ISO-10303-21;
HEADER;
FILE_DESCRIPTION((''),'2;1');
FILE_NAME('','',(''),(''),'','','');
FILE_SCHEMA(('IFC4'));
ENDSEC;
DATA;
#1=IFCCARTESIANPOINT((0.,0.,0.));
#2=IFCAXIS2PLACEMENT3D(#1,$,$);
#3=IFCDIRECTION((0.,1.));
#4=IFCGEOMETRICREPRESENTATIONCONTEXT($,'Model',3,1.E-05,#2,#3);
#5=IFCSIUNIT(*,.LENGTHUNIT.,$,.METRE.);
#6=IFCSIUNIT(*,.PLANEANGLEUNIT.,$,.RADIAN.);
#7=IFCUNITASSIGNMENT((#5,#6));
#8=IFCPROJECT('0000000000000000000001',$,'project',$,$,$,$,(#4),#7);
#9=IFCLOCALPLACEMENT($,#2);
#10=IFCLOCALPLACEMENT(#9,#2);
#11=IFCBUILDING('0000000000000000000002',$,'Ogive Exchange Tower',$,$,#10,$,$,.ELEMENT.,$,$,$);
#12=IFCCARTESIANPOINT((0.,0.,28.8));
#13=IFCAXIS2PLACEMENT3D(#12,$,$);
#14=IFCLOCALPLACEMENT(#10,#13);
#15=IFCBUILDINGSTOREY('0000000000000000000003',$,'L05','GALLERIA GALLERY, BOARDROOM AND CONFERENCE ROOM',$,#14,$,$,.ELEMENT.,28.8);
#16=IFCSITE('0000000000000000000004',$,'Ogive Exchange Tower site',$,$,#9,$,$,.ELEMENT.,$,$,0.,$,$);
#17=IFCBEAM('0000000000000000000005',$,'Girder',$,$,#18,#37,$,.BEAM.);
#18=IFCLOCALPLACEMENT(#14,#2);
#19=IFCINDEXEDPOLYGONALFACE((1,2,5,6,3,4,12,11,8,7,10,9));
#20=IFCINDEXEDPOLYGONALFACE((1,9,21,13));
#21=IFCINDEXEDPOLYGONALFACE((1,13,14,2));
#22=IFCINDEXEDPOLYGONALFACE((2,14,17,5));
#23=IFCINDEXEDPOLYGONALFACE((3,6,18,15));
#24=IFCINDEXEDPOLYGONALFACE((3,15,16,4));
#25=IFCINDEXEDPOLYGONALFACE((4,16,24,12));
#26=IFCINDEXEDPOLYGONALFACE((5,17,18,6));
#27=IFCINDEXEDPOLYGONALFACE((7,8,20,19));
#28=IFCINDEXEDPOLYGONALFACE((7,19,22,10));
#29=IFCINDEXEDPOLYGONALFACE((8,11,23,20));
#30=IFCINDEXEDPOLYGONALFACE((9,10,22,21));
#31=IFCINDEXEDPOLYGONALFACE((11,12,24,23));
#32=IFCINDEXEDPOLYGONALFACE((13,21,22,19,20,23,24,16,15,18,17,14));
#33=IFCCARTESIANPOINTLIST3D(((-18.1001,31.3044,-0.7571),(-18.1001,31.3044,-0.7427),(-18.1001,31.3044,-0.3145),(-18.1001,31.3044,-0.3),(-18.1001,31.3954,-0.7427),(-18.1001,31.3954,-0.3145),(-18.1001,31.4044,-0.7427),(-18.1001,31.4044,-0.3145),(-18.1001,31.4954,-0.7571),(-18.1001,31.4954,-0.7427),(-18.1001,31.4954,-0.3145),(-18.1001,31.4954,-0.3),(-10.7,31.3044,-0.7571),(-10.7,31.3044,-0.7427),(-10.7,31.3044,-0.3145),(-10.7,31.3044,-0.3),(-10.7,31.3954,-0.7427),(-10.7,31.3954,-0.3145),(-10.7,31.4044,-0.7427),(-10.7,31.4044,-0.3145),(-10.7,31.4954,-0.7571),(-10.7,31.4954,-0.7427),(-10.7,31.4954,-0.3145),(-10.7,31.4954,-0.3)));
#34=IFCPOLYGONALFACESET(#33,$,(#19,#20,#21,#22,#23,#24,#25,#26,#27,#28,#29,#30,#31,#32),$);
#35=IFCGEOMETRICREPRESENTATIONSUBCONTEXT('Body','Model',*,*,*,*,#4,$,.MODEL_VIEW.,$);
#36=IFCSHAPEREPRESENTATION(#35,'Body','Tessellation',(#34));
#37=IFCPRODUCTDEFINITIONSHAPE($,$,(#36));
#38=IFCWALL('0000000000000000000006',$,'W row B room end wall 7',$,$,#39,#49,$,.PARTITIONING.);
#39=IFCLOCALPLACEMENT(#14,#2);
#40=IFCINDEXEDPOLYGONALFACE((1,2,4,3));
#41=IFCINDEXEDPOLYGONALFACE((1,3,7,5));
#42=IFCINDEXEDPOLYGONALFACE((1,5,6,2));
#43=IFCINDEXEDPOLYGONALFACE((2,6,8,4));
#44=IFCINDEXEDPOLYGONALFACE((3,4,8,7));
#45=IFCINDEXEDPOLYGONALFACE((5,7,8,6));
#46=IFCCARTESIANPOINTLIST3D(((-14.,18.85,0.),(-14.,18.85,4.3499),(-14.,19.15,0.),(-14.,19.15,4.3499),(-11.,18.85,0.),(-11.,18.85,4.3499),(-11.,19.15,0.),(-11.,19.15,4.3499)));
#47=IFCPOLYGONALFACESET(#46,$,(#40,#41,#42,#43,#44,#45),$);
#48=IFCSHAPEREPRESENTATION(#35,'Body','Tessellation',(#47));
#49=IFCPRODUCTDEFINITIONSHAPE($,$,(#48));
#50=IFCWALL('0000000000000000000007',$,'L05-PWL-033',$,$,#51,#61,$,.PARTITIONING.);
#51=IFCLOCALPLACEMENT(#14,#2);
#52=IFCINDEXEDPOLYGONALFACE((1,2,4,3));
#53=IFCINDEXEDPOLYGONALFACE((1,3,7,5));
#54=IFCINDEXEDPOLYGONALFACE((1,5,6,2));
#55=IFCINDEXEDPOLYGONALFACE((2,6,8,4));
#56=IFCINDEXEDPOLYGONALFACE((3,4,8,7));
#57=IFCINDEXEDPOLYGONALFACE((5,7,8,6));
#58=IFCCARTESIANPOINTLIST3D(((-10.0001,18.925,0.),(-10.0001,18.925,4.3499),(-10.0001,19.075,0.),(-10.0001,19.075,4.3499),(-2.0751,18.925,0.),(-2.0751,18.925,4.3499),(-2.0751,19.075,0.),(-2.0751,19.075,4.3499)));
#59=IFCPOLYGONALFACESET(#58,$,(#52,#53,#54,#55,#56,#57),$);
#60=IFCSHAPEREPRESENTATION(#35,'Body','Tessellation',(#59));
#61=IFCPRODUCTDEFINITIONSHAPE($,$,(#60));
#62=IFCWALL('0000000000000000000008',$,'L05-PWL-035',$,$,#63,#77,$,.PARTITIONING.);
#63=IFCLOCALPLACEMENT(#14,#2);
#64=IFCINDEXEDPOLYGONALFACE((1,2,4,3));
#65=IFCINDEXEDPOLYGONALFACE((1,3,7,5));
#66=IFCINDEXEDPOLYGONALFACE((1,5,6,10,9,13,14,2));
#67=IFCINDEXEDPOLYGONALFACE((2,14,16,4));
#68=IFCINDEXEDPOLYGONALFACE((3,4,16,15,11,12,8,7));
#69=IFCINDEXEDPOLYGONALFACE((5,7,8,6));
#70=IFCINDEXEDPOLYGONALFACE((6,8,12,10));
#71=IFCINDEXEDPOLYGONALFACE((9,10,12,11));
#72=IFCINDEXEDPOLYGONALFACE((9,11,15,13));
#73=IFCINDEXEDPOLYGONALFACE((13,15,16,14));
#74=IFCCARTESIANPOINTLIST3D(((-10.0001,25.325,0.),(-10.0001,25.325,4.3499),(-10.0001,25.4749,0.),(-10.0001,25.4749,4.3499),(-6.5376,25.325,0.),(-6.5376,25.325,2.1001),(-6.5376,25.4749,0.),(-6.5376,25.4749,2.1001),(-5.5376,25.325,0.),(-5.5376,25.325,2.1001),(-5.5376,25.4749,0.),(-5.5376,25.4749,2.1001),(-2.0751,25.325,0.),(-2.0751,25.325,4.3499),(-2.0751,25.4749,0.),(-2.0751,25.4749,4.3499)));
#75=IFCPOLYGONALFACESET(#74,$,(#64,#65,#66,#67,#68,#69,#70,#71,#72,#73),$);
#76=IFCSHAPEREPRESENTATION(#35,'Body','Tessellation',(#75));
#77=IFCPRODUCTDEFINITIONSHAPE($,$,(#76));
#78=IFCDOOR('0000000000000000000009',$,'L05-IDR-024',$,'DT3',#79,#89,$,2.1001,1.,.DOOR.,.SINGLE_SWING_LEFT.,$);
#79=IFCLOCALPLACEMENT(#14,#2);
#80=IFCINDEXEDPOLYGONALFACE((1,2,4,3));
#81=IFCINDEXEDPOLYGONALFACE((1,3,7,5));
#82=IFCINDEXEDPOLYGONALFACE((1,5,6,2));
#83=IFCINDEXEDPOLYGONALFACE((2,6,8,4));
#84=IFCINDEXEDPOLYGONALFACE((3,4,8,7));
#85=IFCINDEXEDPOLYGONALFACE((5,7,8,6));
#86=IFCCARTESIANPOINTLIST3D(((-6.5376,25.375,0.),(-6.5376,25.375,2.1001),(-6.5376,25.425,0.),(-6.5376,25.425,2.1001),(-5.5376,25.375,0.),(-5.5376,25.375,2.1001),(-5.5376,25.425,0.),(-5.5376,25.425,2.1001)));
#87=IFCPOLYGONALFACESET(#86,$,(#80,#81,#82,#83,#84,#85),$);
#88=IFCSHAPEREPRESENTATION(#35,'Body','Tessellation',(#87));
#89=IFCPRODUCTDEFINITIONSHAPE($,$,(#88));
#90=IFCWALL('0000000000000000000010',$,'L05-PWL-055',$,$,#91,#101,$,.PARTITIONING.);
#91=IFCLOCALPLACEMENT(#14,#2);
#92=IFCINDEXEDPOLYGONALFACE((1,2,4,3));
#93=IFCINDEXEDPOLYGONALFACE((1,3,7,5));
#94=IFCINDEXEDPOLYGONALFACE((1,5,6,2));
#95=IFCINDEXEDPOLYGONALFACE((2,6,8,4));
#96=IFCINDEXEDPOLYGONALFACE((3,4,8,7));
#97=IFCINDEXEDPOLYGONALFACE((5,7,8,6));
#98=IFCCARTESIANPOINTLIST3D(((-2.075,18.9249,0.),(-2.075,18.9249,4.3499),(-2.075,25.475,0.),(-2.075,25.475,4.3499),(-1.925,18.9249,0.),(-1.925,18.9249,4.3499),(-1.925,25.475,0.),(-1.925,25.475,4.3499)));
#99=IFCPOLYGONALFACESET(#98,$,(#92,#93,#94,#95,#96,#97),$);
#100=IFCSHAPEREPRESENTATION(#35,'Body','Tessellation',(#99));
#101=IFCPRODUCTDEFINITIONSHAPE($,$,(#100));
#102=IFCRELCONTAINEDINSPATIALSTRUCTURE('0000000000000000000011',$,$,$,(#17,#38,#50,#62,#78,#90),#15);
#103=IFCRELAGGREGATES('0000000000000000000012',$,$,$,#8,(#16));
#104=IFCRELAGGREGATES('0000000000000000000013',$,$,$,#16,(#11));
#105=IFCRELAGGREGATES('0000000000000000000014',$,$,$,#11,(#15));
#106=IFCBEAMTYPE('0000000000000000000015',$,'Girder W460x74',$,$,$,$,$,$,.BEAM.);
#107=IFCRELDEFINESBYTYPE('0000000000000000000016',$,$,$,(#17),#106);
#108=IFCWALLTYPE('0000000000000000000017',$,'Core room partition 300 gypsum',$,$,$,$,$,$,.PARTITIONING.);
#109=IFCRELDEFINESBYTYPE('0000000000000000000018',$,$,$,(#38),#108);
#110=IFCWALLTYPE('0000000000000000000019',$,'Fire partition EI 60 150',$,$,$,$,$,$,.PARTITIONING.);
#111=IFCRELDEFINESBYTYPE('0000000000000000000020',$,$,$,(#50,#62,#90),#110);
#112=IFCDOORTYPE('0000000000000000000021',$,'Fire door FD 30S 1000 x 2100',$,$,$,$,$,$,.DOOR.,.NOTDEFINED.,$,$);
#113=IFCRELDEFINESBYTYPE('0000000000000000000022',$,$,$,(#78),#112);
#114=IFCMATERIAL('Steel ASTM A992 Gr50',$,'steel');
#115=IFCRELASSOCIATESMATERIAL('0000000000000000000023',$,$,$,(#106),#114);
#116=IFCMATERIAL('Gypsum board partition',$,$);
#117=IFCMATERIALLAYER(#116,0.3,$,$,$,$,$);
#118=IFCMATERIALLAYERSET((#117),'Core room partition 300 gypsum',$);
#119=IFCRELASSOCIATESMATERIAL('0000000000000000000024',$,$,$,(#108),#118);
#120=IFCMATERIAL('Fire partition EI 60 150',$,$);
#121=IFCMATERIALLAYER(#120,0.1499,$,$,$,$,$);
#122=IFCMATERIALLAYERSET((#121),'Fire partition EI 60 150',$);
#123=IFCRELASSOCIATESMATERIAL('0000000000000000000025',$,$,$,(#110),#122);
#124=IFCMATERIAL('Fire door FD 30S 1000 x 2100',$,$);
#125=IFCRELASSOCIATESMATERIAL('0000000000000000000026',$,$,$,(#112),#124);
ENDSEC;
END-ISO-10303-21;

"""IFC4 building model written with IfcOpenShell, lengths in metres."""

from ifc_helpers import new_model, si_unit, direction, frame, frame_2d, origin, origin_2d, place, context, subcontext, project, spatial, rectangle, i_section, extrude, material, layer, layer_set, material_profile, profile_set, type_object, element, fill, save


model = new_model("IFC4")

# Units and contexts
model_context = context("Model", 3, precision=1e-05, world=origin(), true_north=direction((0.0, 1.0)))
body_context = subcontext(model_context, "Body", "Model", "MODEL_VIEW")
ifc_project = project(units=[si_unit("LENGTHUNIT", "METRE"), si_unit("PLANEANGLEUNIT", "RADIAN")], contexts=[model_context])

# Site, building, storey
site_placement = place(None, origin())
site = spatial("IfcSite", under=ifc_project, at=site_placement, Name="Ogive Exchange Tower site", CompositionType="ELEMENT", RefElevation=0.0)
building_placement = place(site_placement, origin())
building = spatial("IfcBuilding", under=site, at=building_placement, Name="Ogive Exchange Tower", CompositionType="ELEMENT")
storey_placement = place(building_placement, frame((0.0, 0.0, 28.8)))
storey = spatial("IfcBuildingStorey", under=building, at=storey_placement, Name="L05", Description="GALLERIA GALLERY, BOARDROOM AND CONFERENCE ROOM", CompositionType="ELEMENT", Elevation=28.8)

# Beam
ifc_material_1 = material(Name="Steel ASTM A992 Gr50", Category="steel")
ifc_material_profile_1 = material_profile(ifc_material_1, i_section(OverallWidth=0.1909, OverallDepth=0.457, WebThickness=0.009, FlangeThickness=0.0144, at=origin_2d()), Name="W460x74")
ifc_profile_set_1 = profile_set([ifc_material_profile_1], Name="Steel ASTM A992 Gr50")
beam_type_1 = type_object("IfcBeamType", Name="Girder W460x74", PredefinedType="BEAM", material=ifc_profile_set_1)
beam_1_placement = place(storey_placement, frame((-10.7, 31.3999, -0.5286), z_axis=(-1.0, 0.0, 0.0), x_axis=(0.0, -1.0, 0.0)))
element("IfcBeam", 1, at=beam_1_placement, inside=storey, type_object=beam_type_1, Name="Girder", PredefinedType="BEAM", context=body_context, shape_type="SweptSolid", body=[
    extrude(i_section(OverallWidth=0.1909, OverallDepth=0.457, WebThickness=0.009, FlangeThickness=0.0144, at=origin_2d()), origin(), (0.0, 0.0, 1.0), 7.4001),
])

# Walls
ifc_material_2 = material(Name="Gypsum board partition")
ifc_layer_1 = layer(ifc_material_2, 0.3)
ifc_layer_set_1 = layer_set([ifc_layer_1], Name="Core room partition 300 gypsum")
wall_type_1 = type_object("IfcWallType", Name="Core room partition 300 gypsum", PredefinedType="PARTITIONING", material=ifc_layer_set_1)
wall_1_placement = place(storey_placement, frame((-14.0, 19.0, 0.0), z_axis=(0.0, 0.0, 1.0), x_axis=(1.0, 0.0, 0.0)))
element("IfcWall", 2, at=wall_1_placement, inside=storey, type_object=wall_type_1, Name="W row B room end wall 7", PredefinedType="PARTITIONING", context=body_context, shape_type="SweptSolid", body=[
    extrude(rectangle(XDim=3.0, YDim=0.3, at=frame_2d((1.5, 0.0))), origin(), (0.0, 0.0, 1.0), 4.3499),
])
ifc_material_3 = material(Name="Fire partition EI 60 150")
ifc_layer_2 = layer(ifc_material_3, 0.1499)
ifc_layer_set_2 = layer_set([ifc_layer_2], Name="Fire partition EI 60 150")
wall_type_2 = type_object("IfcWallType", Name="Fire partition EI 60 150", PredefinedType="PARTITIONING", material=ifc_layer_set_2)
wall_2_placement = place(storey_placement, frame((-10.0, 19.0, 0.0), z_axis=(0.0, 0.0, 1.0), x_axis=(1.0, 0.0, 0.0)))
element("IfcWall", 3, at=wall_2_placement, inside=storey, type_object=wall_type_2, Name="L05-PWL-033", PredefinedType="PARTITIONING", context=body_context, shape_type="SweptSolid", body=[
    extrude(rectangle(XDim=7.925, YDim=0.1499, at=frame_2d((3.9624, 0.0))), origin(), (0.0, 0.0, 1.0), 4.3499),
])

# Wall, opening, door
wall_3_placement = place(storey_placement, frame((-10.0, 25.3999, 0.0), z_axis=(0.0, 0.0, 1.0), x_axis=(1.0, 0.0, 0.0)))
wall_3 = element("IfcWall", 4, at=wall_3_placement, inside=storey, type_object=wall_type_2, Name="L05-PWL-035", PredefinedType="PARTITIONING", context=body_context, shape_type="SweptSolid", body=[
    extrude(rectangle(XDim=7.925, YDim=0.1499, at=frame_2d((3.9624, 0.0))), origin(), (0.0, 0.0, 1.0), 4.3499),
])
opening_1_placement = place(wall_3_placement, frame((3.4624, 0.0, 0.0)))
opening_1 = element("IfcOpeningElement", 5, at=opening_1_placement, cuts=wall_3, PredefinedType="OPENING", context=body_context, shape_type="SweptSolid", body=[
    extrude(rectangle(XDim=1.0, YDim=2.1001, at=frame_2d((0.5, 1.05))), frame((0.0, 0.085, 0.0), z_axis=(0.0, -1.0, 0.0), x_axis=(1.0, 0.0, 0.0)), (0.0, 0.0, 1.0), 0.1699),
])
ifc_material_4 = material(Name="Fire door FD 30S 1000 x 2100")
door_type_1 = type_object("IfcDoorType", Name="Fire door FD 30S 1000 x 2100", OperationType="NOTDEFINED", PredefinedType="DOOR", material=ifc_material_4)
door_1_placement = place(opening_1_placement, frame((1.0, 0.0, 0.0), z_axis=(0.0, 0.0, 1.0), x_axis=(-1.0, 0.0, 0.0)))
door_1 = element("IfcDoor", 6, at=door_1_placement, inside=storey, type_object=door_type_1, Name="L05-IDR-024", ObjectType="DT3", OperationType="SINGLE_SWING_LEFT", OverallHeight=2.1001, OverallWidth=1.0, PredefinedType="DOOR", context=body_context, shape_type="SweptSolid", body=[
    extrude(rectangle(XDim=1.0, YDim=2.1001, at=frame_2d((0.5, 1.05))), frame((0.0, 0.0249, 0.0), z_axis=(0.0, -1.0, 0.0), x_axis=(1.0, 0.0, 0.0)), (0.0, 0.0, 1.0), 0.05),
])
fill(opening_1, door_1)

# Wall
wall_4_placement = place(storey_placement, frame((-2.0, 18.925, 0.0), z_axis=(0.0, 0.0, 1.0), x_axis=(0.0, 1.0, 0.0)))
element("IfcWall", 7, at=wall_4_placement, inside=storey, type_object=wall_type_2, Name="L05-PWL-055", PredefinedType="PARTITIONING", context=body_context, shape_type="SweptSolid", body=[
    extrude(rectangle(XDim=6.55, YDim=0.1499, at=frame_2d((3.2749, 0.0))), origin(), (0.0, 0.0, 1.0), 4.3499),
])

save(model, "model.ifc")
